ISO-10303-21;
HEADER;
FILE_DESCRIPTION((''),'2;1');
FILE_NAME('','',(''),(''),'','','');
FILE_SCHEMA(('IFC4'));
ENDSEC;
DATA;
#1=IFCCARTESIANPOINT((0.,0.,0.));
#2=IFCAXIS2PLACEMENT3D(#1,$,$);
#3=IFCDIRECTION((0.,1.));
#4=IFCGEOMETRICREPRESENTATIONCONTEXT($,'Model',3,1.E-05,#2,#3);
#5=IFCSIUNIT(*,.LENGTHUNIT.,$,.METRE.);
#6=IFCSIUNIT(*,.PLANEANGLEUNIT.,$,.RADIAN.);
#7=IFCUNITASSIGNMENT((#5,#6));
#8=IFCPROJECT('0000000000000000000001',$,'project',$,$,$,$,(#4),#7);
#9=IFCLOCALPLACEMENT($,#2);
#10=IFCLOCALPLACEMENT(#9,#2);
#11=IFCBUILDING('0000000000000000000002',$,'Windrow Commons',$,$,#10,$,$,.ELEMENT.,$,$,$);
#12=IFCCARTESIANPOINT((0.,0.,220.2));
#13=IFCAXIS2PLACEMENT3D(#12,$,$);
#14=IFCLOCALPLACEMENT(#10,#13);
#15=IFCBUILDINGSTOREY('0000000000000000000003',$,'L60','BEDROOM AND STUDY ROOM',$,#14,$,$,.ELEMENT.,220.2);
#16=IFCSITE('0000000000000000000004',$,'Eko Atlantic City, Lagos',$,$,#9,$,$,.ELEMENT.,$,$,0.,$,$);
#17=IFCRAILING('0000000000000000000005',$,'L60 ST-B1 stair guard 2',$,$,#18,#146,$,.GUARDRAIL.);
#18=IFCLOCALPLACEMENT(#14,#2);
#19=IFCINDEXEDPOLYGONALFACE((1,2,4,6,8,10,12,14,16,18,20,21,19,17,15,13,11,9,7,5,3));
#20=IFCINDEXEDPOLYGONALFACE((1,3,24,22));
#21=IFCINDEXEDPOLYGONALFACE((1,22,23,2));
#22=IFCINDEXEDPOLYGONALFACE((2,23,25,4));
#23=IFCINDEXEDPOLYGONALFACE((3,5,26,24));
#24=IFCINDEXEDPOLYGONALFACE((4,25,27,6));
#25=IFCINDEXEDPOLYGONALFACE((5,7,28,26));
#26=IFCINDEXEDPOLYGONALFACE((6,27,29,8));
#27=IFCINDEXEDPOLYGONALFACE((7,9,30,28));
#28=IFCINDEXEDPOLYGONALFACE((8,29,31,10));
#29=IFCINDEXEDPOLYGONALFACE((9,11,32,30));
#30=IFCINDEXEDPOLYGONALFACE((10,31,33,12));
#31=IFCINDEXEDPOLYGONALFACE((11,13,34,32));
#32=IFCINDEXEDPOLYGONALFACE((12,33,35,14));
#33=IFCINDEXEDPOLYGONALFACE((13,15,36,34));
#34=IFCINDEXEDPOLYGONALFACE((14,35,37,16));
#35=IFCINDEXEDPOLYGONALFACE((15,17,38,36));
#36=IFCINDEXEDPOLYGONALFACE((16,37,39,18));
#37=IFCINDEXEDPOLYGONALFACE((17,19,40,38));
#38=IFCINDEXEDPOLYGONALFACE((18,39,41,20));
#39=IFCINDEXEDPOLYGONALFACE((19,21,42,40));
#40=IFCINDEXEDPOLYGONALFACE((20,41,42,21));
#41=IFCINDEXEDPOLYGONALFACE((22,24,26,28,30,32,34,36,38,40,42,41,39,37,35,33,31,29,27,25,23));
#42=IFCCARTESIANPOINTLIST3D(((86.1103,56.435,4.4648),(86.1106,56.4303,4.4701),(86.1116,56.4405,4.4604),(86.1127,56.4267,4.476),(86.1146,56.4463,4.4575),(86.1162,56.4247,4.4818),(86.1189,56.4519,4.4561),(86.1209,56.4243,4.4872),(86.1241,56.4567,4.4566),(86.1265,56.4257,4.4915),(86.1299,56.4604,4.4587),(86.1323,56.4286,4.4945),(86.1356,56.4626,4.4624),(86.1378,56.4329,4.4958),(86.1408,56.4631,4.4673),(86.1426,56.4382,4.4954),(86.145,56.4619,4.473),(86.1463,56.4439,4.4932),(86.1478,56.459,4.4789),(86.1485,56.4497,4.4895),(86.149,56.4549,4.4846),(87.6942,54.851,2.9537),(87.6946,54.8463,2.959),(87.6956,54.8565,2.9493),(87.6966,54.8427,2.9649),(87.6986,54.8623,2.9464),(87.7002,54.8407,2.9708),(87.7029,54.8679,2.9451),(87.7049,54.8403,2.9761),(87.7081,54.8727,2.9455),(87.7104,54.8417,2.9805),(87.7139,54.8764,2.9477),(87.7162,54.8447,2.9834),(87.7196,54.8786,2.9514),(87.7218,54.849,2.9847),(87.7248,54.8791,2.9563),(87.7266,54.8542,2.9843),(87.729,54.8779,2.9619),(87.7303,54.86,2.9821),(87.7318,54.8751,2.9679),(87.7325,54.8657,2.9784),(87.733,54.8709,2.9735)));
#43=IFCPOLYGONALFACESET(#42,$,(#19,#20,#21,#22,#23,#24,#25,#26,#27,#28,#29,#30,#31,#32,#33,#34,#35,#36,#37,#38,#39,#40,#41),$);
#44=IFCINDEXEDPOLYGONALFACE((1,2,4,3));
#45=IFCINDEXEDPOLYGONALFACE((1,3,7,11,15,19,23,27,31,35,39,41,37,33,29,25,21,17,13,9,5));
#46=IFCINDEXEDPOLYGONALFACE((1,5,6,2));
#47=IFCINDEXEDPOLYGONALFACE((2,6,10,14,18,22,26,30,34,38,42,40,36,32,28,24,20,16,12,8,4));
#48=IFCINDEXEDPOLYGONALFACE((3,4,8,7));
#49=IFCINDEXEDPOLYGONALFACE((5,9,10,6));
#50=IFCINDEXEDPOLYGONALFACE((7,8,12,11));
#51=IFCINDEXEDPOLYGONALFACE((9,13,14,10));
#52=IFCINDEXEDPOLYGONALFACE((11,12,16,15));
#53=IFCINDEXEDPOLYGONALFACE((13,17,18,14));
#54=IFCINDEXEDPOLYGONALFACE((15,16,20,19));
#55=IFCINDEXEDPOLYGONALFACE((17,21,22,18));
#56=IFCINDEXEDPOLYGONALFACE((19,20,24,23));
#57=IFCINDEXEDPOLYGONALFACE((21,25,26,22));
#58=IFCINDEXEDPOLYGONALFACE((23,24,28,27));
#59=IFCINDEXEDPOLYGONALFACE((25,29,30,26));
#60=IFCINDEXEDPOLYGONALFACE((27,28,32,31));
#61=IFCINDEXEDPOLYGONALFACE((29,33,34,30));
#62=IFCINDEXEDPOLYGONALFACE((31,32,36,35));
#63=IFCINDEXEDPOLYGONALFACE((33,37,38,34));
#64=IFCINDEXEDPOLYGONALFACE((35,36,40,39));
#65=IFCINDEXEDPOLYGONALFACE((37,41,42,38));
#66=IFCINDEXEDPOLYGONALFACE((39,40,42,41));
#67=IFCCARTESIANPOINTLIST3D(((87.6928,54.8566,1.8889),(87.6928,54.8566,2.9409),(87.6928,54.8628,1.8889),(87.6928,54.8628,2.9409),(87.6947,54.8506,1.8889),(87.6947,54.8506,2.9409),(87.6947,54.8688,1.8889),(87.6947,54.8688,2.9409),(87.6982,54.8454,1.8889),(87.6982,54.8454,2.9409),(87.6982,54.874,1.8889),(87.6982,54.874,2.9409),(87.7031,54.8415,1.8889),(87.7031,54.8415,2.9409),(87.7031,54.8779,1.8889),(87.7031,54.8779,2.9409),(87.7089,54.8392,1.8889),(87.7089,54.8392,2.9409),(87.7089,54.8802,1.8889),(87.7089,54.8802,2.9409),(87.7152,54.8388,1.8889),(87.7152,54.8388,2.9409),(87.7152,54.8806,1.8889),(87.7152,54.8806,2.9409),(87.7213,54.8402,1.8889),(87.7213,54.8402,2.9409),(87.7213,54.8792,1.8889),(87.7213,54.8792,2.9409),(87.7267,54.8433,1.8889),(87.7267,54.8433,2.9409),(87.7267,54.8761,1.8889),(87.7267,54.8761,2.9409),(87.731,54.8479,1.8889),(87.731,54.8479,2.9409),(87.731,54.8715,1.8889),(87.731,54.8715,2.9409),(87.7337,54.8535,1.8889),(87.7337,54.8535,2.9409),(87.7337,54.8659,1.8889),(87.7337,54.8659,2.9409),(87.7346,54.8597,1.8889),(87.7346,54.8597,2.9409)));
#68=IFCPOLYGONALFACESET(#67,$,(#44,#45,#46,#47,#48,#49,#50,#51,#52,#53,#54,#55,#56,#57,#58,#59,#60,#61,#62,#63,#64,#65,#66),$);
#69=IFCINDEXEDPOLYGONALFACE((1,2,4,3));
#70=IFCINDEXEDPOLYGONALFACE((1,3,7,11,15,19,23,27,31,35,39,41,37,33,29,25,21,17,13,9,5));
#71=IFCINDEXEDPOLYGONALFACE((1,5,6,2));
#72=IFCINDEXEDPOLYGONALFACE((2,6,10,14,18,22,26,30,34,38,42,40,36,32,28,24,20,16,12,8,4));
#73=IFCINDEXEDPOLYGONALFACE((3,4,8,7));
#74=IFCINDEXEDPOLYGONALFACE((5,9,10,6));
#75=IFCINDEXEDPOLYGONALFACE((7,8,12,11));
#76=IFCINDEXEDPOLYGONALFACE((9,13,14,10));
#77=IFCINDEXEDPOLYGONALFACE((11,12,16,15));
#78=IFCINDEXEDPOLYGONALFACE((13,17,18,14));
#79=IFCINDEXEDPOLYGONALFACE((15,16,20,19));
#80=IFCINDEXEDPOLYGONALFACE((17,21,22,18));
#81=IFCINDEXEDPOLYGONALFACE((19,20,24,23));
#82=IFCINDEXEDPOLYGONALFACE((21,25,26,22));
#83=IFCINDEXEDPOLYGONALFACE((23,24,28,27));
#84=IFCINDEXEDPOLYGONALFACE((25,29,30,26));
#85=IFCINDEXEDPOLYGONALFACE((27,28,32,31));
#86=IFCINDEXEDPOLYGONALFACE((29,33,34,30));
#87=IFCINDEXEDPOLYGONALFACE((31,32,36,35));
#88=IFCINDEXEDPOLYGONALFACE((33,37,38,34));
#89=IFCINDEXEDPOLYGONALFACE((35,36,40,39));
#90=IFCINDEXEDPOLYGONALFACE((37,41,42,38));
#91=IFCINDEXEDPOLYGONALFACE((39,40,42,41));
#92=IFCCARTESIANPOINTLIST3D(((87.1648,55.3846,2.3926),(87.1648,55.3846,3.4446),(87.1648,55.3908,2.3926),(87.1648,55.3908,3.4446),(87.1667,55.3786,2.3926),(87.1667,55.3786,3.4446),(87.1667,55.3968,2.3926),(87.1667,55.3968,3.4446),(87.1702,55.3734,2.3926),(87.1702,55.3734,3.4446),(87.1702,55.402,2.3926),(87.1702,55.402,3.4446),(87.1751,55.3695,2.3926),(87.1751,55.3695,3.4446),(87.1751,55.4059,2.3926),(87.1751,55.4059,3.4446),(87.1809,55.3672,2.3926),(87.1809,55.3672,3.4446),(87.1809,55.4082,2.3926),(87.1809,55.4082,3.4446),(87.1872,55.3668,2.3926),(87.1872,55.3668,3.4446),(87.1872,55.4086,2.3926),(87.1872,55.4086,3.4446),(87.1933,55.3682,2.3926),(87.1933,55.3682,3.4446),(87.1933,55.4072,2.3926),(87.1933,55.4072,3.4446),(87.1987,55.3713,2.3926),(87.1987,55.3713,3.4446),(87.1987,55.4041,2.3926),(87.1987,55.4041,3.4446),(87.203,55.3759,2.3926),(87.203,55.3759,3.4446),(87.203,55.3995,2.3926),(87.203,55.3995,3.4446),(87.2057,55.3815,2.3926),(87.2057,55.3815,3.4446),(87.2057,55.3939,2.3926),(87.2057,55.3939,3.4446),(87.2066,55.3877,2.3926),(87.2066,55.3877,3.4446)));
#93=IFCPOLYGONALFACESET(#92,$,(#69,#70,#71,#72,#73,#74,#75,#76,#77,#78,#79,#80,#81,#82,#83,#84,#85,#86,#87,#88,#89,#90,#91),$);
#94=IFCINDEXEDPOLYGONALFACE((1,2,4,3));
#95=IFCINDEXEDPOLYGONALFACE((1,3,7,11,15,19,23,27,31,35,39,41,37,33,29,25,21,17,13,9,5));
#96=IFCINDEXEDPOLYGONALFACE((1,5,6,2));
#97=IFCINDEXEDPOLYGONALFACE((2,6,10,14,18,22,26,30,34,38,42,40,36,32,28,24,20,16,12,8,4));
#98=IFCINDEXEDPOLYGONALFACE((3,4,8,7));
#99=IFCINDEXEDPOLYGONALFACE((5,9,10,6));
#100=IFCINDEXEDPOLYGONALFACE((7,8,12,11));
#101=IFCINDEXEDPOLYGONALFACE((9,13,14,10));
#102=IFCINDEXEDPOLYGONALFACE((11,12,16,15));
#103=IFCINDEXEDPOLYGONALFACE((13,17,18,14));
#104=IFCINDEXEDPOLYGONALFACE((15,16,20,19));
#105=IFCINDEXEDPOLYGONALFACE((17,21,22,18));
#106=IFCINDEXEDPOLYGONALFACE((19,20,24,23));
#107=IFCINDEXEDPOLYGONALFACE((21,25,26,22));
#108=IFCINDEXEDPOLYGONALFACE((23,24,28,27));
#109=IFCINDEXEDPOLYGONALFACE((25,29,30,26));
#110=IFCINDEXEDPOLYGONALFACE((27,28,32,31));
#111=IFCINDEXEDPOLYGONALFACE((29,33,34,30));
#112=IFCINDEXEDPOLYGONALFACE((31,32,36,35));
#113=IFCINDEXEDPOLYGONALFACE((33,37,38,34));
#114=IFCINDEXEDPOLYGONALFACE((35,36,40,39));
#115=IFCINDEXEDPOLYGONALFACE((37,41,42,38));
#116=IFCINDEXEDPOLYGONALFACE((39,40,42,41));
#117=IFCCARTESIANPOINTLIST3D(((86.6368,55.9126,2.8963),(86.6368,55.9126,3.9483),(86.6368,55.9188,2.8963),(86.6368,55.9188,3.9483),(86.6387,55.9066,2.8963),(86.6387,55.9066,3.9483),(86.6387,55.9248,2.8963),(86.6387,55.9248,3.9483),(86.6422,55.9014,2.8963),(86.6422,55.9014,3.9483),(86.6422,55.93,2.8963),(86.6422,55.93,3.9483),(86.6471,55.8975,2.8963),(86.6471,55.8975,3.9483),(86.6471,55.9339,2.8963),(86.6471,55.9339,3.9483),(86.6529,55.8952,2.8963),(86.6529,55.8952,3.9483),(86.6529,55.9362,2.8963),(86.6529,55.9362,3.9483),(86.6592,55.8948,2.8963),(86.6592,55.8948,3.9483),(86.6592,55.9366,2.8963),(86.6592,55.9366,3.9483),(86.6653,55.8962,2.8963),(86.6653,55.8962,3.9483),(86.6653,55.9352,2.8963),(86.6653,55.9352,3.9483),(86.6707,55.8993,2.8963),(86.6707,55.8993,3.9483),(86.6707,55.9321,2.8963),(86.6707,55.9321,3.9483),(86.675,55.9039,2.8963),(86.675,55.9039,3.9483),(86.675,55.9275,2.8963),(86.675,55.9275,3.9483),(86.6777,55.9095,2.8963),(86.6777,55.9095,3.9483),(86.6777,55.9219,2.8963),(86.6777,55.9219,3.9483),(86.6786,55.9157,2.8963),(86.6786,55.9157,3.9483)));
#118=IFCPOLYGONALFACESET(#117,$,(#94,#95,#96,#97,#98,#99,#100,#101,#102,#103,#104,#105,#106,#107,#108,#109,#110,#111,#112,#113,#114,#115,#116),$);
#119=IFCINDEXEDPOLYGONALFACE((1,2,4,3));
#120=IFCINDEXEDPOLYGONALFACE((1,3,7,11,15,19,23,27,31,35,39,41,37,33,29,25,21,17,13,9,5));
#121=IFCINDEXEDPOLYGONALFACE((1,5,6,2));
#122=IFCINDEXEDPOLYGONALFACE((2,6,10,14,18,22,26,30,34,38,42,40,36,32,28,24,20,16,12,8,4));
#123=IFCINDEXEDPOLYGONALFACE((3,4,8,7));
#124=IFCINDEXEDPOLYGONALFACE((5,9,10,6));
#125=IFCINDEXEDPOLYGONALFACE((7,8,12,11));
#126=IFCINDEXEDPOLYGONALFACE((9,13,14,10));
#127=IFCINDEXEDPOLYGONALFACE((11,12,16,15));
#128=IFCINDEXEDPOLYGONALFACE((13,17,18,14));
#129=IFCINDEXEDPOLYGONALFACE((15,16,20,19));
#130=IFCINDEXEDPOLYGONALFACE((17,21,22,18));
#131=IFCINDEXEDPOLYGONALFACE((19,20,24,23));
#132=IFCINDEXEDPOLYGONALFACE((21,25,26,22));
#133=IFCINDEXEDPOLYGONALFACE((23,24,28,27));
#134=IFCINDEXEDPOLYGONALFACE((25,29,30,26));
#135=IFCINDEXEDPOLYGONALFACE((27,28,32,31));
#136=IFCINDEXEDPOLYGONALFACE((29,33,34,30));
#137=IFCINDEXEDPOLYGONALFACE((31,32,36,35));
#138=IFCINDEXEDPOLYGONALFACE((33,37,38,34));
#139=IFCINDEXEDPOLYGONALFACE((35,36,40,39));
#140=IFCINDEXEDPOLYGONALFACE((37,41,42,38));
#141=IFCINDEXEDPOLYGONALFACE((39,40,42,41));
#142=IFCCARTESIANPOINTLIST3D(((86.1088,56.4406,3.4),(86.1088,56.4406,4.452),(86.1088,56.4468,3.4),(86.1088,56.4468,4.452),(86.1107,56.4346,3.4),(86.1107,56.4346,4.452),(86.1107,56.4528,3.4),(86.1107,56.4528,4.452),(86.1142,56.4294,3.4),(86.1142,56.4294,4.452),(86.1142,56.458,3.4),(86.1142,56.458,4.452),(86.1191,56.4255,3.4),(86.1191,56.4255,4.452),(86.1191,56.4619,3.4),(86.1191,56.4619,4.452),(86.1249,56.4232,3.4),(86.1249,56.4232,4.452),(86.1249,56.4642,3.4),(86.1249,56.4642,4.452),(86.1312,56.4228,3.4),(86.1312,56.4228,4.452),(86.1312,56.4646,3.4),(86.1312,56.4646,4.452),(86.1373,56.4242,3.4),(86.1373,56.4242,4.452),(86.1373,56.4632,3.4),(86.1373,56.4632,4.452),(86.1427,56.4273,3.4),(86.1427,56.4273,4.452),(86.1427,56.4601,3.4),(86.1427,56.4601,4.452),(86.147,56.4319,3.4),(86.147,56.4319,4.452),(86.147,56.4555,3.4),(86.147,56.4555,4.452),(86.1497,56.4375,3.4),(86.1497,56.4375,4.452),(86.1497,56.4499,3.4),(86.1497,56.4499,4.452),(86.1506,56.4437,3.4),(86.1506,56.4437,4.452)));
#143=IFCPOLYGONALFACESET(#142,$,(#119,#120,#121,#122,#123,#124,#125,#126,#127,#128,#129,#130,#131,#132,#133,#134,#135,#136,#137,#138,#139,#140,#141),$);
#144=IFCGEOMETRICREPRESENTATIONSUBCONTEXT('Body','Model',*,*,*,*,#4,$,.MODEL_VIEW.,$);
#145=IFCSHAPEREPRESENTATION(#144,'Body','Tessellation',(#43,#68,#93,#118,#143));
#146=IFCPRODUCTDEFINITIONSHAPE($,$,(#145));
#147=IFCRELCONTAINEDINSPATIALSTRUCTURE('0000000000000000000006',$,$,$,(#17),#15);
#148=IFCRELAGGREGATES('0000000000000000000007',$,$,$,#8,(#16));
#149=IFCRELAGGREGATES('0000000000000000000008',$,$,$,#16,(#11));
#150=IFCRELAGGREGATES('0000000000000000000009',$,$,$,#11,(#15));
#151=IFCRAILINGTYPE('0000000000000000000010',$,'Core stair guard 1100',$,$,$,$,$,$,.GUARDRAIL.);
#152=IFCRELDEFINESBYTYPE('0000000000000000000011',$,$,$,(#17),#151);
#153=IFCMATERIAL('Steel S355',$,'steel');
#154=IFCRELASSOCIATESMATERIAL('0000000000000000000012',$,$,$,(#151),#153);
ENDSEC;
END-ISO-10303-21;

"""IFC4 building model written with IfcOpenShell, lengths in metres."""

from ifc_helpers import new_model, si_unit, direction, frame, origin, origin_2d, place, context, subcontext, project, spatial, circle, extrude, material, type_object, element, save


model = new_model("IFC4")

# Units and contexts
model_context = context("Model", 3, precision=1e-05, world=origin(), true_north=direction((0.0, 1.0)))
body_context = subcontext(model_context, "Body", "Model", "MODEL_VIEW")
ifc_project = project(units=[si_unit("LENGTHUNIT", "METRE"), si_unit("PLANEANGLEUNIT", "RADIAN")], contexts=[model_context])

# Site, building, storey
site_placement = place(None, origin())
site = spatial("IfcSite", under=ifc_project, at=site_placement, Name="Eko Atlantic City, Lagos", CompositionType="ELEMENT", RefElevation=0.0)
building_placement = place(site_placement, origin())
building = spatial("IfcBuilding", under=site, at=building_placement, Name="Windrow Commons", CompositionType="ELEMENT")
storey_placement = place(building_placement, frame((0.0, 0.0, 220.2)))
storey = spatial("IfcBuildingStorey", under=building, at=storey_placement, Name="L60", Description="BEDROOM AND STUDY ROOM", CompositionType="ELEMENT", Elevation=220.2)

# Railing
ifc_material_1 = material(Name="Steel S355", Category="steel")
railing_type_1 = type_object("IfcRailingType", Name="Core stair guard 1100", PredefinedType="GUARDRAIL", material=ifc_material_1)
railing_1_placement = place(storey_placement, frame((87.7136, 54.8597, 1.8889)))
element("IfcRailing", 1, at=railing_1_placement, inside=storey, type_object=railing_type_1, Name="L60 ST-B1 stair guard 2", PredefinedType="GUARDRAIL", context=body_context, shape_type="SweptSolid", body=[
    extrude(circle(Radius=0.024, at=origin_2d()), frame((0.0, 0.0, 1.076), z_axis=(-0.586203, 0.586203, 0.559224), x_axis=(-0.707107, -0.707107, 0.0)), (0.0, 0.0, 1.0), 2.7021),
    extrude(circle(Radius=0.021, at=origin_2d()), origin(), (0.0, 0.0, 1.0), 1.052),
    extrude(circle(Radius=0.021, at=origin_2d()), frame((-0.528, 0.528, 0.5037)), (0.0, 0.0, 1.0), 1.052),
    extrude(circle(Radius=0.021, at=origin_2d()), frame((-1.056, 1.056, 1.0074)), (0.0, 0.0, 1.0), 1.052),
    extrude(circle(Radius=0.021, at=origin_2d()), frame((-1.584, 1.584, 1.5111)), (0.0, 0.0, 1.0), 1.052),
])

save(model, "model.ifc")
